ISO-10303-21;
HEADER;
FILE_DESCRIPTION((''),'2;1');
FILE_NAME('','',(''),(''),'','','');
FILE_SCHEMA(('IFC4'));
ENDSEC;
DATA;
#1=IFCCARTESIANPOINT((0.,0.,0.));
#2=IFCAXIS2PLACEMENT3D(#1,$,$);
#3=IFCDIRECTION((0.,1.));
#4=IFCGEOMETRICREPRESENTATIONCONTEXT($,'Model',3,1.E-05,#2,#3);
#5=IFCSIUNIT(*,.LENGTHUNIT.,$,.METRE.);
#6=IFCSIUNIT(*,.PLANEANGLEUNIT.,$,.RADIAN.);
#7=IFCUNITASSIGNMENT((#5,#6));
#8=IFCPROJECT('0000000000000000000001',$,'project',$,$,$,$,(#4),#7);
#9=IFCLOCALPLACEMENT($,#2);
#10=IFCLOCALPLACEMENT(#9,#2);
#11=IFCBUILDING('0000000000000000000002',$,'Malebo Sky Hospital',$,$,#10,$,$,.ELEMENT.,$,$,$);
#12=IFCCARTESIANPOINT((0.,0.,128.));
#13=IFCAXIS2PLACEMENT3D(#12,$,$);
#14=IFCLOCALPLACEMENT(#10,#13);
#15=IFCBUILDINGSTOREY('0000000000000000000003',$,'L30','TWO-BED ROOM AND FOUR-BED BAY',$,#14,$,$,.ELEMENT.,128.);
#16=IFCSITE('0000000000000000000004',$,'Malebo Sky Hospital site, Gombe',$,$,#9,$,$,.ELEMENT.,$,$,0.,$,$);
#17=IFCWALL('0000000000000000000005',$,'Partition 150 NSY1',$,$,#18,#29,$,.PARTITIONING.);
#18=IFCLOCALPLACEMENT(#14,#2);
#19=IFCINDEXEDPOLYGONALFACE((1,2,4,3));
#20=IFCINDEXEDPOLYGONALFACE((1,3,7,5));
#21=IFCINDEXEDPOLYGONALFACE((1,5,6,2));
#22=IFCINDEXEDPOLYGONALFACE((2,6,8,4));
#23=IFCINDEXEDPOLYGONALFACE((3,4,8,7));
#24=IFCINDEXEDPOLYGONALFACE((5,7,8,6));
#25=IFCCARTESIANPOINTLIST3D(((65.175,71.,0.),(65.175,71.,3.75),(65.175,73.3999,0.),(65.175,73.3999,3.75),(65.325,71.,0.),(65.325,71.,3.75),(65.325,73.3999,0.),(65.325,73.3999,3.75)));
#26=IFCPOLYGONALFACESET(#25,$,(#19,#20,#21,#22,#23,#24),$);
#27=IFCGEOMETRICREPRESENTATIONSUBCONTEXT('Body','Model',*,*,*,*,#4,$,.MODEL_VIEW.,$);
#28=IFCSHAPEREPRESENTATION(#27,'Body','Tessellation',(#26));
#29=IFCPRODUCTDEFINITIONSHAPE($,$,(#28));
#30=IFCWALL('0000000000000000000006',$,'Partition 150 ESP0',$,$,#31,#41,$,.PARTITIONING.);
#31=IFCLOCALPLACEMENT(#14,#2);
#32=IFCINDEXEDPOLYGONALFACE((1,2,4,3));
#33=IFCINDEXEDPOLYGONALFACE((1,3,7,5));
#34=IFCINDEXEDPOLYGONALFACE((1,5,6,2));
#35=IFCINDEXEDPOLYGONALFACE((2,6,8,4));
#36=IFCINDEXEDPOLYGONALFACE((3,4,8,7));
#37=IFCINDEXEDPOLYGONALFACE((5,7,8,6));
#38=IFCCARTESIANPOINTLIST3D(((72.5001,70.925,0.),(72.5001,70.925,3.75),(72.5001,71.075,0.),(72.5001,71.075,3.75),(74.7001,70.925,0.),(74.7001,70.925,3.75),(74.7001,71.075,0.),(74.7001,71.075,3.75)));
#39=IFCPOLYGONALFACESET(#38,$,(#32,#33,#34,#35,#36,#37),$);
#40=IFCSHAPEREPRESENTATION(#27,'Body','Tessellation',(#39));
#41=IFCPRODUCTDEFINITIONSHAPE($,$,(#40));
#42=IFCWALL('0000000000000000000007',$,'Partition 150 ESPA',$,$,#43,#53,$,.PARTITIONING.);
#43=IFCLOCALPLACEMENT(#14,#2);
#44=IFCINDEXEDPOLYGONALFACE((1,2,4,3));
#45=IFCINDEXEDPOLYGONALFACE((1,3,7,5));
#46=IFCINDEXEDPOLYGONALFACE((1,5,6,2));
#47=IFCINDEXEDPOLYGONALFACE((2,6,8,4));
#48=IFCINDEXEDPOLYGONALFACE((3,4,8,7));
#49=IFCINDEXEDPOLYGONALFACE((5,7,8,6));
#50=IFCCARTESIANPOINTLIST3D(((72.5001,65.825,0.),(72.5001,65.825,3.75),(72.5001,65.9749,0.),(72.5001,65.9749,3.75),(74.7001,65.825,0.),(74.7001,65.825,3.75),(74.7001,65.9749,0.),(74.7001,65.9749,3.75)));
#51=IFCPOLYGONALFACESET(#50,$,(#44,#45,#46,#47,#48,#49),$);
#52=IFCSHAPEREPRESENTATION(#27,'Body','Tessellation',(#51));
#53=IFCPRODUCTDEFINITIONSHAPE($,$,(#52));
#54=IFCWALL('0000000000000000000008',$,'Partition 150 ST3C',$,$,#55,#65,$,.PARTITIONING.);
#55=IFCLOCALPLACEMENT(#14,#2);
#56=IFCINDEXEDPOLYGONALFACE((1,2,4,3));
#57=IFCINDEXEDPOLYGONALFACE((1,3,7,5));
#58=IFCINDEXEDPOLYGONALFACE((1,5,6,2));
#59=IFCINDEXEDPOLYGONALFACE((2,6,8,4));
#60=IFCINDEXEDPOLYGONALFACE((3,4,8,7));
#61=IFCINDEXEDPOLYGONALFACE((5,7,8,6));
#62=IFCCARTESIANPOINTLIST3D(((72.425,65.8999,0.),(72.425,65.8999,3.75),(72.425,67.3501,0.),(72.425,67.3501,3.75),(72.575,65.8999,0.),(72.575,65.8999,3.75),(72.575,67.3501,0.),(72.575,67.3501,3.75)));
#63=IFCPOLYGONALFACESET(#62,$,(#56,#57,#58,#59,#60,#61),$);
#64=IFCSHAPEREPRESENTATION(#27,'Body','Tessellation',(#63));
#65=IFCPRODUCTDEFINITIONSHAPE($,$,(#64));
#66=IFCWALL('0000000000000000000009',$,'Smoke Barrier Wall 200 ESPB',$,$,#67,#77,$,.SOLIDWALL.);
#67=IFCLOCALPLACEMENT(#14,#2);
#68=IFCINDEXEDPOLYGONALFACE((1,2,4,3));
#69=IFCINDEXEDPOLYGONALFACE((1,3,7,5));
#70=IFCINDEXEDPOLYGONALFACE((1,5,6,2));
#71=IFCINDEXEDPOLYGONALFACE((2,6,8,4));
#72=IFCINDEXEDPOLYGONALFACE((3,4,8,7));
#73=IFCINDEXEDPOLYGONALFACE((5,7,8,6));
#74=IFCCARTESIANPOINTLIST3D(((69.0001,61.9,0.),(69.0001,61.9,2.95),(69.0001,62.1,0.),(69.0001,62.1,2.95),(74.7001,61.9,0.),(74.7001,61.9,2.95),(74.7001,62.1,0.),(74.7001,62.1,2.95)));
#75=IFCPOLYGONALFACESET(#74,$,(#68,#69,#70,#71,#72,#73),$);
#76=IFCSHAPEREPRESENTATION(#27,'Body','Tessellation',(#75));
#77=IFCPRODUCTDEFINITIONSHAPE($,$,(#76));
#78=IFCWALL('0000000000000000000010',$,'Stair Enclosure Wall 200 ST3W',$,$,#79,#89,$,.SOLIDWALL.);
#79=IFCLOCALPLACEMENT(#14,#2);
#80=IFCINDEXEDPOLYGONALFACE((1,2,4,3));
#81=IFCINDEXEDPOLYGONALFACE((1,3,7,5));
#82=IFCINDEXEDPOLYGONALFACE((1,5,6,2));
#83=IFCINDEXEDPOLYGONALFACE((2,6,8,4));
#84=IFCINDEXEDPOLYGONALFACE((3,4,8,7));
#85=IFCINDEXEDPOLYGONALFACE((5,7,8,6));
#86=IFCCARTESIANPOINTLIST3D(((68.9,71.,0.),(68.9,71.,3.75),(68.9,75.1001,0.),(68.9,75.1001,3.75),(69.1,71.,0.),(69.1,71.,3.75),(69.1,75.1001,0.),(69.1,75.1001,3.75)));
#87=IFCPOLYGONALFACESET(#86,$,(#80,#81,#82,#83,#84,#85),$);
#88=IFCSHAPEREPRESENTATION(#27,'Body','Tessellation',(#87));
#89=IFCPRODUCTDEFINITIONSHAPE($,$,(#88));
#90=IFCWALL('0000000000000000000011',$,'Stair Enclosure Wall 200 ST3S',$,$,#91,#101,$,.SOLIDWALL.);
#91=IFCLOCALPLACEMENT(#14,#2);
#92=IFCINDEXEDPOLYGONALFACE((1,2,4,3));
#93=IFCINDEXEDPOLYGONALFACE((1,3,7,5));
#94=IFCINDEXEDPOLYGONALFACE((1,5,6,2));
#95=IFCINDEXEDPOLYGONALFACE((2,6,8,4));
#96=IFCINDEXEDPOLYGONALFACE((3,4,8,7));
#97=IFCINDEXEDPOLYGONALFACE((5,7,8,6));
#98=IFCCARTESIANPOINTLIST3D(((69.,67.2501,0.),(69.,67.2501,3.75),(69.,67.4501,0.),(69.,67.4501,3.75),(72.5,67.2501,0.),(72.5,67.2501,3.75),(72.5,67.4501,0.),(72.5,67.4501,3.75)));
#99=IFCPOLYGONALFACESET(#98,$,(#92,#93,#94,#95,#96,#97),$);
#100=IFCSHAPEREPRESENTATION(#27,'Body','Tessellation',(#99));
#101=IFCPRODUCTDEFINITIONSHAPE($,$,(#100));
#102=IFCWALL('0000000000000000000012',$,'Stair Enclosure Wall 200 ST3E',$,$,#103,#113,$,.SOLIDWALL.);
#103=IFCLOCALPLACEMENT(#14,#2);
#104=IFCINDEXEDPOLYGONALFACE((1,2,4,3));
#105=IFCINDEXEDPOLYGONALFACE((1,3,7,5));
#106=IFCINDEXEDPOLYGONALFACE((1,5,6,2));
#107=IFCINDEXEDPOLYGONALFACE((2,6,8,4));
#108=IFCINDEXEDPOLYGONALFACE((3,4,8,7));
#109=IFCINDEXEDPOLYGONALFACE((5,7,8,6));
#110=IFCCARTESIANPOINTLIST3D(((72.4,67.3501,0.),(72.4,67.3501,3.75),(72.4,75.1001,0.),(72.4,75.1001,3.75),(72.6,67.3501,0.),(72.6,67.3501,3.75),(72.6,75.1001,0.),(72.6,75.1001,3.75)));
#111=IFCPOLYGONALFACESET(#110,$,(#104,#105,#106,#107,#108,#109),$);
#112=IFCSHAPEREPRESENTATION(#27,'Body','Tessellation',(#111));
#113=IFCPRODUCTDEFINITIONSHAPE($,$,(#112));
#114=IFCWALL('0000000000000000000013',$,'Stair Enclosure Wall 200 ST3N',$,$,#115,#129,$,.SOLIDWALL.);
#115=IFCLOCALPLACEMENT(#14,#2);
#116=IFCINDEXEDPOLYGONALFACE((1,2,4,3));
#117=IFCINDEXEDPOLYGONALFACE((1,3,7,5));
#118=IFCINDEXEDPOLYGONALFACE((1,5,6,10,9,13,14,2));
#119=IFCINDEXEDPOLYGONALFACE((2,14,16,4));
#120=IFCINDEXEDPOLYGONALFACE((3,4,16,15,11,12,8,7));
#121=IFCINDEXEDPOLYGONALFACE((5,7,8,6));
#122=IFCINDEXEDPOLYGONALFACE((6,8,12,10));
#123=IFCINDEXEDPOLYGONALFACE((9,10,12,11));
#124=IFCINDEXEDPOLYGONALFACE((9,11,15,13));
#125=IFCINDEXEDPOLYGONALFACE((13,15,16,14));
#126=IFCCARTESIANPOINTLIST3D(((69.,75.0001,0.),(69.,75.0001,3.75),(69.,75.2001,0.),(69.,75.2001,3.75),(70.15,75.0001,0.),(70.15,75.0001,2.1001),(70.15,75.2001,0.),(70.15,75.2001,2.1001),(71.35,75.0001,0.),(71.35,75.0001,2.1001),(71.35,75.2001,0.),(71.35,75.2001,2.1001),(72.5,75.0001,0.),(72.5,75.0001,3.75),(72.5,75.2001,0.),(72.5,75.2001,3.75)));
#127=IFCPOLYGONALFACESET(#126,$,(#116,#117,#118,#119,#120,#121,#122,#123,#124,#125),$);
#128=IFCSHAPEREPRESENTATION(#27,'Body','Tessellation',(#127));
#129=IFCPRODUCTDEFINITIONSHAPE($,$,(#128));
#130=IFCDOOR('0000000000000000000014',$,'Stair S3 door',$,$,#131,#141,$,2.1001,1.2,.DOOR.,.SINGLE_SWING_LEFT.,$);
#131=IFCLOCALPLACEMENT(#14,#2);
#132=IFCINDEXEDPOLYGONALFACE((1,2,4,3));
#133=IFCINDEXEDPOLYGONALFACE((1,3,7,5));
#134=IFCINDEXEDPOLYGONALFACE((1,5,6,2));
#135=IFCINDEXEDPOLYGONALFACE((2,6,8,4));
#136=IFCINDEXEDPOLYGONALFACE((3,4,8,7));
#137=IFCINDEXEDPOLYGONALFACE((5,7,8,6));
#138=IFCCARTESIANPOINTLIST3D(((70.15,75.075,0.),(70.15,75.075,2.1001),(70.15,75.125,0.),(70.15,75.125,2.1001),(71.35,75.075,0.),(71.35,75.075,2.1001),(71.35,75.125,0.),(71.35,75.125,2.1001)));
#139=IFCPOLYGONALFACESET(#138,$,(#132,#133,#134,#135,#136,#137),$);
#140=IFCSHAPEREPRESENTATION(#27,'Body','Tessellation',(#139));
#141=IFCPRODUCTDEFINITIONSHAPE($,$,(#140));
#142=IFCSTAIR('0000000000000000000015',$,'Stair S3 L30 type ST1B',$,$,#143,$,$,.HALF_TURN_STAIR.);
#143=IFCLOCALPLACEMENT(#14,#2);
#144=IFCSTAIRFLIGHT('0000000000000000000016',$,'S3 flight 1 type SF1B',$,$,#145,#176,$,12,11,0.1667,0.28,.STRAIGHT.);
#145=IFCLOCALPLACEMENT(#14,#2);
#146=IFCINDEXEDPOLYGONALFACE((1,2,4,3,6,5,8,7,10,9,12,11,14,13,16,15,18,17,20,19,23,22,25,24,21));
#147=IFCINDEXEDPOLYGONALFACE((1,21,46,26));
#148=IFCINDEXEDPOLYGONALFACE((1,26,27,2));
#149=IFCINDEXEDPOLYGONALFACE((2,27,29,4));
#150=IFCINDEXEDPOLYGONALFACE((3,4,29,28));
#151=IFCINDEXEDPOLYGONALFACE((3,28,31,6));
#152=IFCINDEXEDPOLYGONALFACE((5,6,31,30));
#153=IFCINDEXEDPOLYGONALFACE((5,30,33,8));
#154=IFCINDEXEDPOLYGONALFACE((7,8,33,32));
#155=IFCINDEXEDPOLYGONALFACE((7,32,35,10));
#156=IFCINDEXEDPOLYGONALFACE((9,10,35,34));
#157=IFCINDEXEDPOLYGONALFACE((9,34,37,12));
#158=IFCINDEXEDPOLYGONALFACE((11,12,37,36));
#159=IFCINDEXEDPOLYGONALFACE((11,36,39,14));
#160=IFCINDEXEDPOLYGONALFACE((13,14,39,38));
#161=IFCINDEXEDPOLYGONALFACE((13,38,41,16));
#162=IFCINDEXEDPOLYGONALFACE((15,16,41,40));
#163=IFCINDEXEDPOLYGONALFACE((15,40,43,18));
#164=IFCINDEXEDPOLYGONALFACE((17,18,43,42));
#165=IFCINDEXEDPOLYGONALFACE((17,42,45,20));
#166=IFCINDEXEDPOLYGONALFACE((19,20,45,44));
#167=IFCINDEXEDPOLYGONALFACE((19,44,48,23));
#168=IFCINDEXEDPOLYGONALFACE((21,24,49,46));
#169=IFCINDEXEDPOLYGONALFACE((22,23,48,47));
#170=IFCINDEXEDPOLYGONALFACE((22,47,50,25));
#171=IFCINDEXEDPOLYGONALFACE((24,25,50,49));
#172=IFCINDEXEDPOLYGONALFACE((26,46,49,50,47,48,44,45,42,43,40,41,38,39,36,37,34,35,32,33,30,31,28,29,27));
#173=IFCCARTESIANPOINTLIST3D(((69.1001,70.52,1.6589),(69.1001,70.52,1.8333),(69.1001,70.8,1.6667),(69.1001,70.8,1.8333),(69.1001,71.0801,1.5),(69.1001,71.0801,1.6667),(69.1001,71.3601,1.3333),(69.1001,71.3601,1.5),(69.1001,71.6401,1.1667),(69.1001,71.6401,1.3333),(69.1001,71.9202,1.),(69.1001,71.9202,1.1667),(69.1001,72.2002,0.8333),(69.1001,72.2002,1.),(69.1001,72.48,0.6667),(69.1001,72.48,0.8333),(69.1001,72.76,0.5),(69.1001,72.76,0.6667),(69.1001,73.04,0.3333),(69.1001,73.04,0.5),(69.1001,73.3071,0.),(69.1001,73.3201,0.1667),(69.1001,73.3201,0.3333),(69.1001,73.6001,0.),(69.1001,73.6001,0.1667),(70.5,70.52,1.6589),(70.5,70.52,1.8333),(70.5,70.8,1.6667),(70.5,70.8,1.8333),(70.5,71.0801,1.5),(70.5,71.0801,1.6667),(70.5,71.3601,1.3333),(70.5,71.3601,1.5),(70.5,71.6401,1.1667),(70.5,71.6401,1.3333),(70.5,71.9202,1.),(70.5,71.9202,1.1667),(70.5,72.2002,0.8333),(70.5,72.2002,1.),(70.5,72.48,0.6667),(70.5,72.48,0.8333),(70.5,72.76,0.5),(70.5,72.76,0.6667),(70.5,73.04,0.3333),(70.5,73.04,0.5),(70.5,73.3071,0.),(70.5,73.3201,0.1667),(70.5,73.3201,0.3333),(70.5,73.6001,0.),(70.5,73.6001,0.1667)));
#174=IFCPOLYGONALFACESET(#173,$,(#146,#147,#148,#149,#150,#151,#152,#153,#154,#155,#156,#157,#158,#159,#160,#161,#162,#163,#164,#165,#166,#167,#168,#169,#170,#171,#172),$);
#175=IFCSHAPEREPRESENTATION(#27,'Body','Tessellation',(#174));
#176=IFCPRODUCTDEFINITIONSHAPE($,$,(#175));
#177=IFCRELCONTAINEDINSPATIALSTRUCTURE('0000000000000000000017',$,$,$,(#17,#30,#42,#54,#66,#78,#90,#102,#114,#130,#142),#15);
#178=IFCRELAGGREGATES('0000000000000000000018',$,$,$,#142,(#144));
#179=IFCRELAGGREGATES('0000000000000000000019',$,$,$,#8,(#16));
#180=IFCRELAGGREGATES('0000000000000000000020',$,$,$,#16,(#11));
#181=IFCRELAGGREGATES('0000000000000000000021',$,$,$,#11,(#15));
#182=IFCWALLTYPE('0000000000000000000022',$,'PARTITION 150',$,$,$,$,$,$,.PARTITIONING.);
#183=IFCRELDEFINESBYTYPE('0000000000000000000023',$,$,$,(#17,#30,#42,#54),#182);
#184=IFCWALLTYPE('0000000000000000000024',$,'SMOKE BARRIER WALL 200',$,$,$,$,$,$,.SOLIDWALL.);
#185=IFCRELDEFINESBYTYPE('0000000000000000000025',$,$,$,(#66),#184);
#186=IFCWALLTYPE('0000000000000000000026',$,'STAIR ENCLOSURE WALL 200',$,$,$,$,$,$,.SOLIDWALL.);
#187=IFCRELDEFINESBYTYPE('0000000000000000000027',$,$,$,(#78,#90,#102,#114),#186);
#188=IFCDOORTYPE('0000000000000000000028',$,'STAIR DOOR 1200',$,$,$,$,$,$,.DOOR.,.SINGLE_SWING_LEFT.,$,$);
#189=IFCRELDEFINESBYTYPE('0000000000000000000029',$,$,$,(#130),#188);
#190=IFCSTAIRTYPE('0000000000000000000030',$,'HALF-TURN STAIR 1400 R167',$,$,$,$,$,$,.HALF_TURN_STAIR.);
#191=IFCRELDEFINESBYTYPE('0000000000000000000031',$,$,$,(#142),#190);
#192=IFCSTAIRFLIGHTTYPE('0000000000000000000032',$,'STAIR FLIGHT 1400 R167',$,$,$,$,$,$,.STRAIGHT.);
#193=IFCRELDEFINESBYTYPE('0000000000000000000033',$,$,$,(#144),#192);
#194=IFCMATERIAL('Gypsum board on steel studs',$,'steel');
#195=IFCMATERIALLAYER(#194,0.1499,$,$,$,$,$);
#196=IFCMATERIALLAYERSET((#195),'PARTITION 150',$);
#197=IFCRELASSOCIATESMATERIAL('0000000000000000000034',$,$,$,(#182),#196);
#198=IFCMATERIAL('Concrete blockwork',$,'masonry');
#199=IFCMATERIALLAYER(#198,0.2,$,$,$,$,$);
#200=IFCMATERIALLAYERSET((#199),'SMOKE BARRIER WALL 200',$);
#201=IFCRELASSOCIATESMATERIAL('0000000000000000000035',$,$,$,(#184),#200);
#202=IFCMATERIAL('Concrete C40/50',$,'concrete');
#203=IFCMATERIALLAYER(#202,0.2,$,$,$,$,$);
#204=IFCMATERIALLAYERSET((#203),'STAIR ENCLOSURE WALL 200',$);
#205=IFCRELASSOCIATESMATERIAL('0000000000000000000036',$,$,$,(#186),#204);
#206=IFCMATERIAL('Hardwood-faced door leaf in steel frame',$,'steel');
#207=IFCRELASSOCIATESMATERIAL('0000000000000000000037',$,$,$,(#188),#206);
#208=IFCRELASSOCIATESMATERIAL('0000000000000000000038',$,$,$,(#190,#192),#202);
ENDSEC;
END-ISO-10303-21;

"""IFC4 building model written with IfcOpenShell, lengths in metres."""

from ifc_helpers import new_model, si_unit, direction, frame, frame_2d, origin, place, context, subcontext, project, spatial, polyline, rectangle, outline, extrude, material, layer, layer_set, type_object, element, fill, aggregate, save


model = new_model("IFC4")

# Units and contexts
model_context = context("Model", 3, precision=1e-05, world=origin(), true_north=direction((0.0, 1.0)))
body_context = subcontext(model_context, "Body", "Model", "MODEL_VIEW")
ifc_project = project(units=[si_unit("LENGTHUNIT", "METRE"), si_unit("PLANEANGLEUNIT", "RADIAN")], contexts=[model_context])

# Site, building, storey
site_placement = place(None, origin())
site = spatial("IfcSite", under=ifc_project, at=site_placement, Name="Malebo Sky Hospital site, Gombe", CompositionType="ELEMENT", RefElevation=0.0)
building_placement = place(site_placement, origin())
building = spatial("IfcBuilding", under=site, at=building_placement, Name="Malebo Sky Hospital", CompositionType="ELEMENT")
storey_placement = place(building_placement, frame((0.0, 0.0, 128.0)))
storey = spatial("IfcBuildingStorey", under=building, at=storey_placement, Name="L30", Description="TWO-BED ROOM AND FOUR-BED BAY", CompositionType="ELEMENT", Elevation=128.0)

# Shared definitions
ifc_material_1 = material(Name="Gypsum board on steel studs", Category="steel")

# Shared definitions
ifc_layer_1 = layer(ifc_material_1, 0.1499)
ifc_layer_set_1 = layer_set([ifc_layer_1], Name="PARTITION 150")
wall_type_1 = type_object("IfcWallType", Name="PARTITION 150", PredefinedType="PARTITIONING", material=ifc_layer_set_1)
ifc_material_2 = material(Name="Hardwood-faced door leaf in steel frame", Category="steel")

# Walls
wall_1_placement = place(storey_placement, frame((65.25, 71.0, 0.0), z_axis=(0.0, 0.0, 1.0), x_axis=(0.0, 1.0, 0.0)))
element("IfcWall", 1, at=wall_1_placement, inside=storey, type_object=wall_type_1, Name="Partition 150 NSY1", PredefinedType="PARTITIONING", context=body_context, shape_type="SweptSolid", body=[
    extrude(rectangle(XDim=2.3999, YDim=0.1499, at=frame_2d((1.2, 0.0))), origin(), (0.0, 0.0, 1.0), 3.75),
])
for number, where, z_axis, x_axis, name in (
    (2, (72.5, 71.0, 0.0), (0.0, 0.0, 1.0), (1.0, 0.0, 0.0), "Partition 150 ESP0"),
    (3, (72.5, 65.8999, 0.0), (0.0, 0.0, 1.0), (1.0, 0.0, 0.0), "Partition 150 ESPA"),
):
    element("IfcWall", number, at=place(storey_placement, frame(where, z_axis=z_axis, x_axis=x_axis)), inside=storey, type_object=wall_type_1, Name=name, PredefinedType="PARTITIONING", context=body_context, shape_type="SweptSolid", body=[
        extrude(rectangle(XDim=2.2, YDim=0.1499, at=frame_2d((1.1001, 0.0))), origin(), (0.0, 0.0, 1.0), 3.75),
    ])
wall_2_placement = place(storey_placement, frame((72.5, 65.8999, 0.0), z_axis=(0.0, 0.0, 1.0), x_axis=(0.0, 1.0, 0.0)))
element("IfcWall", 4, at=wall_2_placement, inside=storey, type_object=wall_type_1, Name="Partition 150 ST3C", PredefinedType="PARTITIONING", context=body_context, shape_type="SweptSolid", body=[
    extrude(rectangle(XDim=1.4502, YDim=0.1499, at=frame_2d((0.7251, 0.0))), origin(), (0.0, 0.0, 1.0), 3.75),
])
ifc_material_3 = material(Name="Concrete blockwork", Category="masonry")
ifc_layer_2 = layer(ifc_material_3, 0.2)
ifc_layer_set_2 = layer_set([ifc_layer_2], Name="SMOKE BARRIER WALL 200")
wall_type_2 = type_object("IfcWallType", Name="SMOKE BARRIER WALL 200", PredefinedType="SOLIDWALL", material=ifc_layer_set_2)
wall_3_placement = place(storey_placement, frame((69.0, 62.0, 0.0), z_axis=(0.0, 0.0, 1.0), x_axis=(1.0, 0.0, 0.0)))
element("IfcWall", 5, at=wall_3_placement, inside=storey, type_object=wall_type_2, Name="Smoke Barrier Wall 200 ESPB", PredefinedType="SOLIDWALL", context=body_context, shape_type="SweptSolid", body=[
    extrude(rectangle(XDim=5.7, YDim=0.2, at=frame_2d((2.8501, 0.0))), origin(), (0.0, 0.0, 1.0), 2.95),
])
ifc_material_4 = material(Name="Concrete C40/50", Category="concrete")
ifc_layer_3 = layer(ifc_material_4, 0.2)
ifc_layer_set_3 = layer_set([ifc_layer_3], Name="STAIR ENCLOSURE WALL 200")
wall_type_3 = type_object("IfcWallType", Name="STAIR ENCLOSURE WALL 200", PredefinedType="SOLIDWALL", material=ifc_layer_set_3)
wall_4_placement = place(storey_placement, frame((69.0, 71.0, 0.0), z_axis=(0.0, 0.0, 1.0), x_axis=(0.0, 1.0, 0.0)))
element("IfcWall", 6, at=wall_4_placement, inside=storey, type_object=wall_type_3, Name="Stair Enclosure Wall 200 ST3W", PredefinedType="SOLIDWALL", context=body_context, shape_type="SweptSolid", body=[
    extrude(rectangle(XDim=4.1001, YDim=0.2, at=frame_2d((2.05, 0.0))), origin(), (0.0, 0.0, 1.0), 3.75),
])
wall_5_placement = place(storey_placement, frame((69.0, 67.3501, 0.0), z_axis=(0.0, 0.0, 1.0), x_axis=(1.0, 0.0, 0.0)))
element("IfcWall", 7, at=wall_5_placement, inside=storey, type_object=wall_type_3, Name="Stair Enclosure Wall 200 ST3S", PredefinedType="SOLIDWALL", context=body_context, shape_type="SweptSolid", body=[
    extrude(rectangle(XDim=3.5, YDim=0.2, at=frame_2d((1.75, 0.0))), origin(), (0.0, 0.0, 1.0), 3.75),
])
wall_6_placement = place(storey_placement, frame((72.5, 67.3501, 0.0), z_axis=(0.0, 0.0, 1.0), x_axis=(0.0, 1.0, 0.0)))
element("IfcWall", 8, at=wall_6_placement, inside=storey, type_object=wall_type_3, Name="Stair Enclosure Wall 200 ST3E", PredefinedType="SOLIDWALL", context=body_context, shape_type="SweptSolid", body=[
    extrude(rectangle(XDim=7.75, YDim=0.2, at=frame_2d((3.875, 0.0))), origin(), (0.0, 0.0, 1.0), 3.75),
])

# Wall, opening, door
wall_7_placement = place(storey_placement, frame((69.0, 75.1001, 0.0), z_axis=(0.0, 0.0, 1.0), x_axis=(1.0, 0.0, 0.0)))
wall_7 = element("IfcWall", 9, at=wall_7_placement, inside=storey, type_object=wall_type_3, Name="Stair Enclosure Wall 200 ST3N", PredefinedType="SOLIDWALL", context=body_context, shape_type="SweptSolid", body=[
    extrude(rectangle(XDim=3.5, YDim=0.2, at=frame_2d((1.75, 0.0))), origin(), (0.0, 0.0, 1.0), 3.75),
])
opening_1_placement = place(wall_7_placement, frame((1.1499, 0.0, 0.0)))
opening_1 = element("IfcOpeningElement", 10, at=opening_1_placement, cuts=wall_7, PredefinedType="OPENING", context=body_context, shape_type="SweptSolid", body=[
    extrude(rectangle(XDim=1.2, YDim=2.1001, at=frame_2d((0.6001, 1.05))), frame((0.0, 0.1099, 0.0), z_axis=(0.0, -1.0, 0.0), x_axis=(1.0, 0.0, 0.0)), (0.0, 0.0, 1.0), 0.22),
])
door_type_1 = type_object("IfcDoorType", Name="STAIR DOOR 1200", OperationType="SINGLE_SWING_LEFT", PredefinedType="DOOR", material=ifc_material_2)
door_1_placement = place(opening_1_placement, origin())
door_1 = element("IfcDoor", 11, at=door_1_placement, inside=storey, type_object=door_type_1, Name="Stair S3 door", OperationType="SINGLE_SWING_LEFT", OverallHeight=2.1001, OverallWidth=1.2, PredefinedType="DOOR", context=body_context, shape_type="SweptSolid", body=[
    extrude(rectangle(XDim=1.2, YDim=2.1001, at=frame_2d((0.6001, 1.05))), frame((0.0, 0.0249, 0.0), z_axis=(0.0, -1.0, 0.0), x_axis=(1.0, 0.0, 0.0)), (0.0, 0.0, 1.0), 0.05),
])
fill(opening_1, door_1)

# Stair, stair flight
stair_type = type_object("IfcStairType", Name="HALF-TURN STAIR 1400 R167", PredefinedType="HALF_TURN_STAIR", material=ifc_material_4)
stair_placement = place(storey_placement, origin())
stair = element("IfcStair", 12, at=stair_placement, inside=storey, type_object=stair_type, Name="Stair S3 L30 type ST1B", PredefinedType="HALF_TURN_STAIR")
stair_flight_type = type_object("IfcStairFlightType", Name="STAIR FLIGHT 1400 R167", PredefinedType="STRAIGHT", material=ifc_material_4)
stair_flight_1_placement = place(storey_placement, frame((69.8, 73.6001, 0.0), z_axis=(0.0, 0.0, 1.0), x_axis=(0.0, -1.0, 0.0)))
stair_flight_1 = element("IfcStairFlight", 13, at=stair_flight_1_placement, type_object=stair_flight_type, Name="S3 flight 1 type SF1B", NumberOfRisers=12, NumberOfTreads=11, PredefinedType="STRAIGHT", RiserHeight=0.1667, TreadLength=0.28, context=body_context, shape_type="SweptSolid", body=[
    extrude(outline(polyline([(0.0, 0.0), (0.0, 0.1667), (0.28, 0.1667), (0.28, 0.3333), (0.5601, 0.3333), (0.5601, 0.5), (0.8401, 0.5), (0.8401, 0.6667), (1.1201, 0.6667), (1.1201, 0.8333), (1.3999, 0.8333), (1.3999, 1.0), (1.6799, 1.0), (1.6799, 1.1667), (1.96, 1.1667), (1.96, 1.3333), (2.24, 1.3333), (2.24, 1.5), (2.52, 1.5), (2.52, 1.6667), (2.8, 1.6667), (2.8, 1.8333), (3.0801, 1.8333), (3.0801, 2.0), (3.0801, 1.6589), (0.293, 0.0), (0.0, 0.0)])), frame((0.0, 0.7, 0.0), z_axis=(0.0, -1.0, 0.0), x_axis=(1.0, 0.0, 0.0)), (0.0, 0.0, 1.0), 1.3999),
])
aggregate(stair, [stair_flight_1])

save(model, "model.ifc")
